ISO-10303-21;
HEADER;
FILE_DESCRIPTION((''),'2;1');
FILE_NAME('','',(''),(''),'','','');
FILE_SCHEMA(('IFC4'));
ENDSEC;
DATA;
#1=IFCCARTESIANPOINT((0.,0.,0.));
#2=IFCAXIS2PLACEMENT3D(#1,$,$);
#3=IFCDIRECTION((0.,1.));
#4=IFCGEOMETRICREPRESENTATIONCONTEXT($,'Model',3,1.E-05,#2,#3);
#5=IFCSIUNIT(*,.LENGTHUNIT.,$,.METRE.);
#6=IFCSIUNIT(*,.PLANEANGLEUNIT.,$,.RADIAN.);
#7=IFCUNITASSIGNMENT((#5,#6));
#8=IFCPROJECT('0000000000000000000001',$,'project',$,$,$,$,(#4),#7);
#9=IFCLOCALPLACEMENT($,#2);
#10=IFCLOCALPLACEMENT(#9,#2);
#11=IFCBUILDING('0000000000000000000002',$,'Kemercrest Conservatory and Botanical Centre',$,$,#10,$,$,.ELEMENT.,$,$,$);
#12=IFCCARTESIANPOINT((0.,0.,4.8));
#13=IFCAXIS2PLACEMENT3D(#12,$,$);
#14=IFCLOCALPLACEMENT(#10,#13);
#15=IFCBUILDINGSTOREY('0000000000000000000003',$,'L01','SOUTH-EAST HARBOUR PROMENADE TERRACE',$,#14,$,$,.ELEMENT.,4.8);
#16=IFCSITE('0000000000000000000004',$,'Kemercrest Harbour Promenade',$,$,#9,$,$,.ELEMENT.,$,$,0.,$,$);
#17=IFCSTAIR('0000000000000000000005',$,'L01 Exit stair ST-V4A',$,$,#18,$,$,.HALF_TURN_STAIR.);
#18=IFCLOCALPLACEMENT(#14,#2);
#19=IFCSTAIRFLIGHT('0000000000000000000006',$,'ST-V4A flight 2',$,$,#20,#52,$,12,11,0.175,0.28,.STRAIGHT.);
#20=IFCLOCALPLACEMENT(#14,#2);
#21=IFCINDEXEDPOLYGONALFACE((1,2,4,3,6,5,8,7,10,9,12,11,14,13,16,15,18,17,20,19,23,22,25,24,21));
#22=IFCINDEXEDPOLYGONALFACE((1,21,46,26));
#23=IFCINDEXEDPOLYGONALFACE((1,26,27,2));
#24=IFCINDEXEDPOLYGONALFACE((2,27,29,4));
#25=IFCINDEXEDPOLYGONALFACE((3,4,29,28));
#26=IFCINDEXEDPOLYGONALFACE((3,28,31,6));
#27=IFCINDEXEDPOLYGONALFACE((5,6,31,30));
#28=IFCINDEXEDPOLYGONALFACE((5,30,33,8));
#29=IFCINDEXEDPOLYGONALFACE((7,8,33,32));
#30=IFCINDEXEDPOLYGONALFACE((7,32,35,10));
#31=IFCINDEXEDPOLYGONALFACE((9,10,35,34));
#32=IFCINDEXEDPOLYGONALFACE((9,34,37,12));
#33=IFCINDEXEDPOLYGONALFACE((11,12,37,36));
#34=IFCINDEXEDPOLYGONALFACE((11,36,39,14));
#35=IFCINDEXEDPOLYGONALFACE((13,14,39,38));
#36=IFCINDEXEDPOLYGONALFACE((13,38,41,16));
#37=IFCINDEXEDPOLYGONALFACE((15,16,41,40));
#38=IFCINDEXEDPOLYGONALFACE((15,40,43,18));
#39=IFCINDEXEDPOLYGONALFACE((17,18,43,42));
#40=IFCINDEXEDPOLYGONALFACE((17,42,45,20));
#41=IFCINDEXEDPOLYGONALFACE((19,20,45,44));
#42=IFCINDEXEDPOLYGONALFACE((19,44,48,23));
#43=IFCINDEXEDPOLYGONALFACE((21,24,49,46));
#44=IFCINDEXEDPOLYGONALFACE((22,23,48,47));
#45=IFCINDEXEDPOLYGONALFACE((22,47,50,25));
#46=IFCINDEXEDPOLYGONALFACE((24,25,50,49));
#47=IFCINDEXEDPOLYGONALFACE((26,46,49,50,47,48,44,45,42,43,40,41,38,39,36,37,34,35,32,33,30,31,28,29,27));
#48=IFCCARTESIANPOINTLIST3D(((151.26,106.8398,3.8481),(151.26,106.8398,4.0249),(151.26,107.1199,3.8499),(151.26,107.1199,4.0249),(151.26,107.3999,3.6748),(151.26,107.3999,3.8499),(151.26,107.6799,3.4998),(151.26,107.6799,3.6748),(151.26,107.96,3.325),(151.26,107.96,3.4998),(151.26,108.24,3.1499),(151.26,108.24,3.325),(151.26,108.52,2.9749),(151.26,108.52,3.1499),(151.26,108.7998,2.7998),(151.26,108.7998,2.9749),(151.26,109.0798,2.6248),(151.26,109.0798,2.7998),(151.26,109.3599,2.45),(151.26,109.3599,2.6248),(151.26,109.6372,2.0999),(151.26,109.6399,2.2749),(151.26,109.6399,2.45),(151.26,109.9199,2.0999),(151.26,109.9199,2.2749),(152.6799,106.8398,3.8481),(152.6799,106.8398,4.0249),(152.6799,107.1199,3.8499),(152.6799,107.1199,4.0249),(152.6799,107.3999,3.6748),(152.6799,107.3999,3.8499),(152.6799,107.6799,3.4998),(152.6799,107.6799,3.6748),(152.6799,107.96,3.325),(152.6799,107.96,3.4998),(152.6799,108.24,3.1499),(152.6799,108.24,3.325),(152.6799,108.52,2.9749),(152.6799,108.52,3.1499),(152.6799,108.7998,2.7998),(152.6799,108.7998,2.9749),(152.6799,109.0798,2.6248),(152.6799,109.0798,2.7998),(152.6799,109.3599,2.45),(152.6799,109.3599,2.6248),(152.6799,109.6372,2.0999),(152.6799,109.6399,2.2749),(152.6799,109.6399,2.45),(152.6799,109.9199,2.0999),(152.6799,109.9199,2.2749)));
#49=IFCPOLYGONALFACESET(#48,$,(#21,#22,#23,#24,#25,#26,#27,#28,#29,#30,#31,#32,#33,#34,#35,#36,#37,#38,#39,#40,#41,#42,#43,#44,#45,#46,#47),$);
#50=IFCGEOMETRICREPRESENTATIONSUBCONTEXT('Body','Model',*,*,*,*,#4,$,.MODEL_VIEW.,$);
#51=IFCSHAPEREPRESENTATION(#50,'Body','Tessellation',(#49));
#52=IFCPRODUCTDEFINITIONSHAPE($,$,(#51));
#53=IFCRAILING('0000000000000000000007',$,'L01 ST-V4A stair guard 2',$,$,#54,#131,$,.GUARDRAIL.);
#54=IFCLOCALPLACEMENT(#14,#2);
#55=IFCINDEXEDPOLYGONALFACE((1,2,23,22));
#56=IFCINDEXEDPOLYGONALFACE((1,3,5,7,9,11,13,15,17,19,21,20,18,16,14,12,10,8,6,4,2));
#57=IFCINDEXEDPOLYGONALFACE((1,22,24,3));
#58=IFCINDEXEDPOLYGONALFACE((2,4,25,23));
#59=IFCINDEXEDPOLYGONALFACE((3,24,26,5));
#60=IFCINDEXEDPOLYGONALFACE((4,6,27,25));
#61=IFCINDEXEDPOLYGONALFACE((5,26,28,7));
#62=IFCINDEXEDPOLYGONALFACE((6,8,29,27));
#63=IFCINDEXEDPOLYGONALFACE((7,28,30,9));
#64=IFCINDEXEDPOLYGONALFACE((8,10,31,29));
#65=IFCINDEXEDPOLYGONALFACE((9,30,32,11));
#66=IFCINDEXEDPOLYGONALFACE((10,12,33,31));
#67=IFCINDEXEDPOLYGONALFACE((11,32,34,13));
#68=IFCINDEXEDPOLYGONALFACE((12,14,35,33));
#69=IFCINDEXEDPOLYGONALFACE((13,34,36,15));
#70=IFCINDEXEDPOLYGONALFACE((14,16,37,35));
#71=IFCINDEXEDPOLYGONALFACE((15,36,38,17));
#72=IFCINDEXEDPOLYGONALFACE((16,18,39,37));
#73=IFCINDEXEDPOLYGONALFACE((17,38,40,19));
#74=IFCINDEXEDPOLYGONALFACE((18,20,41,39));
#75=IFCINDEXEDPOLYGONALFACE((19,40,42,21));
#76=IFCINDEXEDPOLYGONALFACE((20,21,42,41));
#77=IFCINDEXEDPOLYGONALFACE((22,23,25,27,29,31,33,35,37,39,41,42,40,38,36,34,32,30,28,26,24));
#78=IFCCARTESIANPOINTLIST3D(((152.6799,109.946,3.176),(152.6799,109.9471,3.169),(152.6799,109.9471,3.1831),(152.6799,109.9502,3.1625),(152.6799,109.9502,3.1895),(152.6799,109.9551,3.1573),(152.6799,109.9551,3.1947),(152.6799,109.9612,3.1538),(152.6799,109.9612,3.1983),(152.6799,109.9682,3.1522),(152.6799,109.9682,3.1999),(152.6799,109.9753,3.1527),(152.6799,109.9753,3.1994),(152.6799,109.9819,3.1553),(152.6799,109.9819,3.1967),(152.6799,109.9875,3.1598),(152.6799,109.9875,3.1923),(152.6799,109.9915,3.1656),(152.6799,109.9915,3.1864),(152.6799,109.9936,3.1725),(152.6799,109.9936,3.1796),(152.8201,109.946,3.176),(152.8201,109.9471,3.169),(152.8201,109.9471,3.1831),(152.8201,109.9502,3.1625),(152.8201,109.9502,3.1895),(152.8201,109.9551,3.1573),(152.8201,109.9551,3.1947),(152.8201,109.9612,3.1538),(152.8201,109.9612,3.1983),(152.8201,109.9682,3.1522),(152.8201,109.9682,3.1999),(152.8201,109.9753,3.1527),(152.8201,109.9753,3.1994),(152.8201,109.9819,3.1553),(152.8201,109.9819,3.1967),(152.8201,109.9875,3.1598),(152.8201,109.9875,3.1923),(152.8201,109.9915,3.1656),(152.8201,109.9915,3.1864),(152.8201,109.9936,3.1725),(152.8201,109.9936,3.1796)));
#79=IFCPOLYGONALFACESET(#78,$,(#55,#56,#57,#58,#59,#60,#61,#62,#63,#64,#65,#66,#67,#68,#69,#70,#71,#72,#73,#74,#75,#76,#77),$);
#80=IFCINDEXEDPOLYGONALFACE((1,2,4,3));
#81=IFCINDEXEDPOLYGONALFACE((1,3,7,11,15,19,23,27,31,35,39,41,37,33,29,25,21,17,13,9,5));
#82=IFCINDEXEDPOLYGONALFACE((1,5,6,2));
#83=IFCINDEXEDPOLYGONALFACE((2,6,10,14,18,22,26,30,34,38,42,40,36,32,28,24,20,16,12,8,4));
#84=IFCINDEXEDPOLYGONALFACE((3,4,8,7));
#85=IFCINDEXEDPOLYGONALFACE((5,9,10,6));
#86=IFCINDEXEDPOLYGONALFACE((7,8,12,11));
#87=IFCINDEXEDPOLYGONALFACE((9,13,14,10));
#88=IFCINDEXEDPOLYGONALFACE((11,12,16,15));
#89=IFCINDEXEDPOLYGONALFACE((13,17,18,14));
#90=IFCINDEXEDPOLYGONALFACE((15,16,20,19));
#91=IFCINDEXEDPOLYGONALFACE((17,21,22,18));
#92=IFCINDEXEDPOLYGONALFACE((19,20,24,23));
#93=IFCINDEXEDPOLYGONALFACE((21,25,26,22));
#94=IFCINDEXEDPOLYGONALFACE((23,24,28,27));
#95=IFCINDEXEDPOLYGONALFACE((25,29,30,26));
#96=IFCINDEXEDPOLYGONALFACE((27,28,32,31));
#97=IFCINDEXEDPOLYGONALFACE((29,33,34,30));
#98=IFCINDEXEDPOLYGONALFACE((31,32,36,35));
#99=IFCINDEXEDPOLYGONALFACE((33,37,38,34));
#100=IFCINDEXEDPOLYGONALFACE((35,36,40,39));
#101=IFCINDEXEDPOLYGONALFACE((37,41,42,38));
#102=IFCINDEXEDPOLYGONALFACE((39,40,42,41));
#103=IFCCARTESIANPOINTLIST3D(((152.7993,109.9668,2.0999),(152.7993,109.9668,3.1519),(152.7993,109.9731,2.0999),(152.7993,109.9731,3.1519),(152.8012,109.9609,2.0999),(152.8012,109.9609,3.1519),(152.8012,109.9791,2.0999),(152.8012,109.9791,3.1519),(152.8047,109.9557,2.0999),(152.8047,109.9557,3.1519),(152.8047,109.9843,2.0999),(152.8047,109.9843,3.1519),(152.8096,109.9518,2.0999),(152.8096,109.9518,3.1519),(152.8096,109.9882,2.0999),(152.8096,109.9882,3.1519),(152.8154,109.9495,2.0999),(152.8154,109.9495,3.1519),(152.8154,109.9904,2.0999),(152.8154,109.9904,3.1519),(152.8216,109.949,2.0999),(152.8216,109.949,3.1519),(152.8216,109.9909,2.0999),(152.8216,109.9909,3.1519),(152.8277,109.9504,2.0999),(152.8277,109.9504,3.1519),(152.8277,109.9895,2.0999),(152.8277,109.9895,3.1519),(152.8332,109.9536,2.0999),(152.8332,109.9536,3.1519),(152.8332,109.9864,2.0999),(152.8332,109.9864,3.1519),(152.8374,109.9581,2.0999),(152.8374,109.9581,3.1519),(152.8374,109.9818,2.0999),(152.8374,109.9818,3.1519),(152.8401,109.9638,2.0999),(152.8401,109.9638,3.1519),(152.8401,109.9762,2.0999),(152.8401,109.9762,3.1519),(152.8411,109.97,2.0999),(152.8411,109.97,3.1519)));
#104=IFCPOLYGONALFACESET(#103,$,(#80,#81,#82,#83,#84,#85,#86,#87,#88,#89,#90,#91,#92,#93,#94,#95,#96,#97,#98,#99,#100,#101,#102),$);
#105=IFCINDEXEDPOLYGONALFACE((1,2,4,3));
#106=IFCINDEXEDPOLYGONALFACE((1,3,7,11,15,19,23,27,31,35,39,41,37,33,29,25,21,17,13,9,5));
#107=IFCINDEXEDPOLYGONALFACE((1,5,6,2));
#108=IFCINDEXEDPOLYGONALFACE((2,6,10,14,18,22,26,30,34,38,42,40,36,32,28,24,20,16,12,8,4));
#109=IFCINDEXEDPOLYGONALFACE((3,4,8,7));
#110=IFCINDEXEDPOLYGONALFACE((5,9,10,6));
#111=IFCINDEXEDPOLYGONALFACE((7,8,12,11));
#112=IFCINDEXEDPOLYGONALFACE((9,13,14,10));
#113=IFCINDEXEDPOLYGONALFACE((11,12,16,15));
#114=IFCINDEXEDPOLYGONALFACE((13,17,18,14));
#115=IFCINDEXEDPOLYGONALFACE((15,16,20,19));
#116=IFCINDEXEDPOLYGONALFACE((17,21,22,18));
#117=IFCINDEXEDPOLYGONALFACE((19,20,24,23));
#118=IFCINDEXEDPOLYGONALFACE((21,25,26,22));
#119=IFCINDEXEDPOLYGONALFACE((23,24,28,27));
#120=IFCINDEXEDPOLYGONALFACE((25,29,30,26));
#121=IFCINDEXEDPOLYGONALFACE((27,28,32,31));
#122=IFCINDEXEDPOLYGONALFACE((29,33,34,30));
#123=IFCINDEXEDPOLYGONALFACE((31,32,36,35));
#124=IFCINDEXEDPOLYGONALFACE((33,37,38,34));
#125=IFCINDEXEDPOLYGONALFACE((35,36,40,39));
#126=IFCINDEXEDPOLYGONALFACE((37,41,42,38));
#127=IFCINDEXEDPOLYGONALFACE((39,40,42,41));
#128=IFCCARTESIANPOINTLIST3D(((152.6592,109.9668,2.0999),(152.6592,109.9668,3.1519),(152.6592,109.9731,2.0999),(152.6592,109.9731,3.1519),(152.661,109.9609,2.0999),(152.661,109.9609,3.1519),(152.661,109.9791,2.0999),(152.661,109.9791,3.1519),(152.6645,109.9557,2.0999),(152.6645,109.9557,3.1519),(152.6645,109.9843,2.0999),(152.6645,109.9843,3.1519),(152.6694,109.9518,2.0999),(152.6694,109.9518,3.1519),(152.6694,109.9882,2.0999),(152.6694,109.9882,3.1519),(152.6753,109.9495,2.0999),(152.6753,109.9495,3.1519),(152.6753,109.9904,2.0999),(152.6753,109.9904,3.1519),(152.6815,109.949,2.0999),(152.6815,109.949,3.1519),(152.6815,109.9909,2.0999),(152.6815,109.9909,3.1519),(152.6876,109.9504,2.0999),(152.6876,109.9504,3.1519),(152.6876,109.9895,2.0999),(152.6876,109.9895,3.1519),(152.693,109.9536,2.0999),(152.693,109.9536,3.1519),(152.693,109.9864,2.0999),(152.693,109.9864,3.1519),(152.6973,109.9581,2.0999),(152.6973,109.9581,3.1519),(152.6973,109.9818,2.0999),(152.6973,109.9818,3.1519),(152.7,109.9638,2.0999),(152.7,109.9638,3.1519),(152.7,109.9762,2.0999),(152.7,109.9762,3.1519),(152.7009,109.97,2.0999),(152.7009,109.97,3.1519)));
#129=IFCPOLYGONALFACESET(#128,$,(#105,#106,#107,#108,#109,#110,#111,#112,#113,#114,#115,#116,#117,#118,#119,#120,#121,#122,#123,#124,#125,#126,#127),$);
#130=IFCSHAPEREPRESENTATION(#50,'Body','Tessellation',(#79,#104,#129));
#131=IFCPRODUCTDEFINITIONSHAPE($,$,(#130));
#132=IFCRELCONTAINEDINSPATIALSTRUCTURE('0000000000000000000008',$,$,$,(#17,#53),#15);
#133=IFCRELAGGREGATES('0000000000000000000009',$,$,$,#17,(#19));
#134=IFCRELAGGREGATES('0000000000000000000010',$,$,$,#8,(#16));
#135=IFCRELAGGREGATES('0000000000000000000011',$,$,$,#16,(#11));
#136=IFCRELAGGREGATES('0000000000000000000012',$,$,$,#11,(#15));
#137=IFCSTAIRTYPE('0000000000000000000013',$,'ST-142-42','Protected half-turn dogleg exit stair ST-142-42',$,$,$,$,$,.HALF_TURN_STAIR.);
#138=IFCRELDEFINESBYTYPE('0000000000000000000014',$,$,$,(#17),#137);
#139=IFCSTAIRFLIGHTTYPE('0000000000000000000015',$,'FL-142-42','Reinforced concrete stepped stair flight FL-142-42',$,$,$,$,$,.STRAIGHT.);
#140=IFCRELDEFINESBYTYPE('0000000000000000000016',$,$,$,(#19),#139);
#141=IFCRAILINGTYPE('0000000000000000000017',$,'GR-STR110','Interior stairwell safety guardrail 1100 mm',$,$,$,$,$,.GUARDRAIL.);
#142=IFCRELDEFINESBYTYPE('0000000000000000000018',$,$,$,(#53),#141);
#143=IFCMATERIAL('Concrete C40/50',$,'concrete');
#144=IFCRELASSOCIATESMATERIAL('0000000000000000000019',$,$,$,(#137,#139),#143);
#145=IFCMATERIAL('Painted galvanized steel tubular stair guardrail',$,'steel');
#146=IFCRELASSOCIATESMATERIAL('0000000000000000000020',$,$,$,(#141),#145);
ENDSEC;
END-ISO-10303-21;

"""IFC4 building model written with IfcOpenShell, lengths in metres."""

from ifc_helpers import new_model, si_unit, direction, frame, origin, origin_2d, place, context, subcontext, project, spatial, polyline, circle, outline, extrude, material, type_object, element, aggregate, save


model = new_model("IFC4")

# Units and contexts
model_context = context("Model", 3, precision=1e-05, world=origin(), true_north=direction((0.0, 1.0)))
body_context = subcontext(model_context, "Body", "Model", "MODEL_VIEW")
ifc_project = project(units=[si_unit("LENGTHUNIT", "METRE"), si_unit("PLANEANGLEUNIT", "RADIAN")], contexts=[model_context])

# Site, building, storey
site_placement = place(None, origin())
site = spatial("IfcSite", under=ifc_project, at=site_placement, Name="Kemercrest Harbour Promenade", CompositionType="ELEMENT", RefElevation=0.0)
building_placement = place(site_placement, origin())
building = spatial("IfcBuilding", under=site, at=building_placement, Name="Kemercrest Conservatory and Botanical Centre", CompositionType="ELEMENT")
storey_placement = place(building_placement, frame((0.0, 0.0, 4.8)))
storey = spatial("IfcBuildingStorey", under=building, at=storey_placement, Name="L01", Description="SOUTH-EAST HARBOUR PROMENADE TERRACE", CompositionType="ELEMENT", Elevation=4.8)

# Shared definitions
ifc_material_1 = material(Name="Concrete C40/50", Category="concrete")

# Stair, stair flight
stair_type = type_object("IfcStairType", Name="ST-142-42", Description="Protected half-turn dogleg exit stair ST-142-42", PredefinedType="HALF_TURN_STAIR", material=ifc_material_1)
stair_placement = place(storey_placement, origin())
stair = element("IfcStair", 1, at=stair_placement, inside=storey, type_object=stair_type, Name="L01 Exit stair ST-V4A", PredefinedType="HALF_TURN_STAIR")
stair_flight_type = type_object("IfcStairFlightType", Name="FL-142-42", Description="Reinforced concrete stepped stair flight FL-142-42", PredefinedType="STRAIGHT", material=ifc_material_1)
stair_flight_placement = place(storey_placement, frame((151.97, 109.9199, 2.0999), z_axis=(0.0, 0.0, 1.0), x_axis=(0.0, -1.0, 0.0)))
stair_flight = element("IfcStairFlight", 2, at=stair_flight_placement, type_object=stair_flight_type, Name="ST-V4A flight 2", NumberOfRisers=12, NumberOfTreads=11, PredefinedType="STRAIGHT", RiserHeight=0.175, TreadLength=0.28, context=body_context, shape_type="SweptSolid", body=[
    extrude(outline(polyline([(0.0, 0.0), (0.0, 0.175), (0.28, 0.175), (0.28, 0.3501), (0.5601, 0.3501), (0.5601, 0.5249), (0.8401, 0.5249), (0.8401, 0.7), (1.1201, 0.7), (1.1201, 0.875), (1.3999, 0.875), (1.3999, 1.05), (1.6799, 1.05), (1.6799, 1.2251), (1.96, 1.2251), (1.96, 1.3999), (2.24, 1.3999), (2.24, 1.575), (2.52, 1.575), (2.52, 1.75), (2.8, 1.75), (2.8, 1.925), (3.0801, 1.925), (3.0801, 2.1001), (3.0801, 1.7483), (0.2827, 0.0), (0.0, 0.0)])), frame((0.0, 0.71, 0.0), z_axis=(0.0, -1.0, 0.0), x_axis=(1.0, 0.0, 0.0)), (0.0, 0.0, 1.0), 1.4199),
])
aggregate(stair, [stair_flight])

# Railing
ifc_material_2 = material(Name="Painted galvanized steel tubular stair guardrail", Category="steel")
railing_type = type_object("IfcRailingType", Name="GR-STR110", Description="Interior stairwell safety guardrail 1100 mm", PredefinedType="GUARDRAIL", material=ifc_material_2)
railing_1_placement = place(storey_placement, frame((152.8201, 109.97, 2.0999)))
element("IfcRailing", 3, at=railing_1_placement, inside=storey, type_object=railing_type, Name="L01 ST-V4A stair guard 2", PredefinedType="GUARDRAIL", context=body_context, shape_type="SweptSolid", body=[
    extrude(circle(Radius=0.0239, at=origin_2d()), frame((0.0, 0.0, 1.0762), z_axis=(-1.0, 0.0, 0.0), x_axis=(0.0, -1.0, 0.0)), (0.0, 0.0, 1.0), 0.1401),
    extrude(circle(Radius=0.021, at=origin_2d()), origin(), (0.0, 0.0, 1.0), 1.052),
    extrude(circle(Radius=0.021, at=origin_2d()), frame((-0.1401, 0.0, 0.0)), (0.0, 0.0, 1.0), 1.052),
])

save(model, "model.ifc")
